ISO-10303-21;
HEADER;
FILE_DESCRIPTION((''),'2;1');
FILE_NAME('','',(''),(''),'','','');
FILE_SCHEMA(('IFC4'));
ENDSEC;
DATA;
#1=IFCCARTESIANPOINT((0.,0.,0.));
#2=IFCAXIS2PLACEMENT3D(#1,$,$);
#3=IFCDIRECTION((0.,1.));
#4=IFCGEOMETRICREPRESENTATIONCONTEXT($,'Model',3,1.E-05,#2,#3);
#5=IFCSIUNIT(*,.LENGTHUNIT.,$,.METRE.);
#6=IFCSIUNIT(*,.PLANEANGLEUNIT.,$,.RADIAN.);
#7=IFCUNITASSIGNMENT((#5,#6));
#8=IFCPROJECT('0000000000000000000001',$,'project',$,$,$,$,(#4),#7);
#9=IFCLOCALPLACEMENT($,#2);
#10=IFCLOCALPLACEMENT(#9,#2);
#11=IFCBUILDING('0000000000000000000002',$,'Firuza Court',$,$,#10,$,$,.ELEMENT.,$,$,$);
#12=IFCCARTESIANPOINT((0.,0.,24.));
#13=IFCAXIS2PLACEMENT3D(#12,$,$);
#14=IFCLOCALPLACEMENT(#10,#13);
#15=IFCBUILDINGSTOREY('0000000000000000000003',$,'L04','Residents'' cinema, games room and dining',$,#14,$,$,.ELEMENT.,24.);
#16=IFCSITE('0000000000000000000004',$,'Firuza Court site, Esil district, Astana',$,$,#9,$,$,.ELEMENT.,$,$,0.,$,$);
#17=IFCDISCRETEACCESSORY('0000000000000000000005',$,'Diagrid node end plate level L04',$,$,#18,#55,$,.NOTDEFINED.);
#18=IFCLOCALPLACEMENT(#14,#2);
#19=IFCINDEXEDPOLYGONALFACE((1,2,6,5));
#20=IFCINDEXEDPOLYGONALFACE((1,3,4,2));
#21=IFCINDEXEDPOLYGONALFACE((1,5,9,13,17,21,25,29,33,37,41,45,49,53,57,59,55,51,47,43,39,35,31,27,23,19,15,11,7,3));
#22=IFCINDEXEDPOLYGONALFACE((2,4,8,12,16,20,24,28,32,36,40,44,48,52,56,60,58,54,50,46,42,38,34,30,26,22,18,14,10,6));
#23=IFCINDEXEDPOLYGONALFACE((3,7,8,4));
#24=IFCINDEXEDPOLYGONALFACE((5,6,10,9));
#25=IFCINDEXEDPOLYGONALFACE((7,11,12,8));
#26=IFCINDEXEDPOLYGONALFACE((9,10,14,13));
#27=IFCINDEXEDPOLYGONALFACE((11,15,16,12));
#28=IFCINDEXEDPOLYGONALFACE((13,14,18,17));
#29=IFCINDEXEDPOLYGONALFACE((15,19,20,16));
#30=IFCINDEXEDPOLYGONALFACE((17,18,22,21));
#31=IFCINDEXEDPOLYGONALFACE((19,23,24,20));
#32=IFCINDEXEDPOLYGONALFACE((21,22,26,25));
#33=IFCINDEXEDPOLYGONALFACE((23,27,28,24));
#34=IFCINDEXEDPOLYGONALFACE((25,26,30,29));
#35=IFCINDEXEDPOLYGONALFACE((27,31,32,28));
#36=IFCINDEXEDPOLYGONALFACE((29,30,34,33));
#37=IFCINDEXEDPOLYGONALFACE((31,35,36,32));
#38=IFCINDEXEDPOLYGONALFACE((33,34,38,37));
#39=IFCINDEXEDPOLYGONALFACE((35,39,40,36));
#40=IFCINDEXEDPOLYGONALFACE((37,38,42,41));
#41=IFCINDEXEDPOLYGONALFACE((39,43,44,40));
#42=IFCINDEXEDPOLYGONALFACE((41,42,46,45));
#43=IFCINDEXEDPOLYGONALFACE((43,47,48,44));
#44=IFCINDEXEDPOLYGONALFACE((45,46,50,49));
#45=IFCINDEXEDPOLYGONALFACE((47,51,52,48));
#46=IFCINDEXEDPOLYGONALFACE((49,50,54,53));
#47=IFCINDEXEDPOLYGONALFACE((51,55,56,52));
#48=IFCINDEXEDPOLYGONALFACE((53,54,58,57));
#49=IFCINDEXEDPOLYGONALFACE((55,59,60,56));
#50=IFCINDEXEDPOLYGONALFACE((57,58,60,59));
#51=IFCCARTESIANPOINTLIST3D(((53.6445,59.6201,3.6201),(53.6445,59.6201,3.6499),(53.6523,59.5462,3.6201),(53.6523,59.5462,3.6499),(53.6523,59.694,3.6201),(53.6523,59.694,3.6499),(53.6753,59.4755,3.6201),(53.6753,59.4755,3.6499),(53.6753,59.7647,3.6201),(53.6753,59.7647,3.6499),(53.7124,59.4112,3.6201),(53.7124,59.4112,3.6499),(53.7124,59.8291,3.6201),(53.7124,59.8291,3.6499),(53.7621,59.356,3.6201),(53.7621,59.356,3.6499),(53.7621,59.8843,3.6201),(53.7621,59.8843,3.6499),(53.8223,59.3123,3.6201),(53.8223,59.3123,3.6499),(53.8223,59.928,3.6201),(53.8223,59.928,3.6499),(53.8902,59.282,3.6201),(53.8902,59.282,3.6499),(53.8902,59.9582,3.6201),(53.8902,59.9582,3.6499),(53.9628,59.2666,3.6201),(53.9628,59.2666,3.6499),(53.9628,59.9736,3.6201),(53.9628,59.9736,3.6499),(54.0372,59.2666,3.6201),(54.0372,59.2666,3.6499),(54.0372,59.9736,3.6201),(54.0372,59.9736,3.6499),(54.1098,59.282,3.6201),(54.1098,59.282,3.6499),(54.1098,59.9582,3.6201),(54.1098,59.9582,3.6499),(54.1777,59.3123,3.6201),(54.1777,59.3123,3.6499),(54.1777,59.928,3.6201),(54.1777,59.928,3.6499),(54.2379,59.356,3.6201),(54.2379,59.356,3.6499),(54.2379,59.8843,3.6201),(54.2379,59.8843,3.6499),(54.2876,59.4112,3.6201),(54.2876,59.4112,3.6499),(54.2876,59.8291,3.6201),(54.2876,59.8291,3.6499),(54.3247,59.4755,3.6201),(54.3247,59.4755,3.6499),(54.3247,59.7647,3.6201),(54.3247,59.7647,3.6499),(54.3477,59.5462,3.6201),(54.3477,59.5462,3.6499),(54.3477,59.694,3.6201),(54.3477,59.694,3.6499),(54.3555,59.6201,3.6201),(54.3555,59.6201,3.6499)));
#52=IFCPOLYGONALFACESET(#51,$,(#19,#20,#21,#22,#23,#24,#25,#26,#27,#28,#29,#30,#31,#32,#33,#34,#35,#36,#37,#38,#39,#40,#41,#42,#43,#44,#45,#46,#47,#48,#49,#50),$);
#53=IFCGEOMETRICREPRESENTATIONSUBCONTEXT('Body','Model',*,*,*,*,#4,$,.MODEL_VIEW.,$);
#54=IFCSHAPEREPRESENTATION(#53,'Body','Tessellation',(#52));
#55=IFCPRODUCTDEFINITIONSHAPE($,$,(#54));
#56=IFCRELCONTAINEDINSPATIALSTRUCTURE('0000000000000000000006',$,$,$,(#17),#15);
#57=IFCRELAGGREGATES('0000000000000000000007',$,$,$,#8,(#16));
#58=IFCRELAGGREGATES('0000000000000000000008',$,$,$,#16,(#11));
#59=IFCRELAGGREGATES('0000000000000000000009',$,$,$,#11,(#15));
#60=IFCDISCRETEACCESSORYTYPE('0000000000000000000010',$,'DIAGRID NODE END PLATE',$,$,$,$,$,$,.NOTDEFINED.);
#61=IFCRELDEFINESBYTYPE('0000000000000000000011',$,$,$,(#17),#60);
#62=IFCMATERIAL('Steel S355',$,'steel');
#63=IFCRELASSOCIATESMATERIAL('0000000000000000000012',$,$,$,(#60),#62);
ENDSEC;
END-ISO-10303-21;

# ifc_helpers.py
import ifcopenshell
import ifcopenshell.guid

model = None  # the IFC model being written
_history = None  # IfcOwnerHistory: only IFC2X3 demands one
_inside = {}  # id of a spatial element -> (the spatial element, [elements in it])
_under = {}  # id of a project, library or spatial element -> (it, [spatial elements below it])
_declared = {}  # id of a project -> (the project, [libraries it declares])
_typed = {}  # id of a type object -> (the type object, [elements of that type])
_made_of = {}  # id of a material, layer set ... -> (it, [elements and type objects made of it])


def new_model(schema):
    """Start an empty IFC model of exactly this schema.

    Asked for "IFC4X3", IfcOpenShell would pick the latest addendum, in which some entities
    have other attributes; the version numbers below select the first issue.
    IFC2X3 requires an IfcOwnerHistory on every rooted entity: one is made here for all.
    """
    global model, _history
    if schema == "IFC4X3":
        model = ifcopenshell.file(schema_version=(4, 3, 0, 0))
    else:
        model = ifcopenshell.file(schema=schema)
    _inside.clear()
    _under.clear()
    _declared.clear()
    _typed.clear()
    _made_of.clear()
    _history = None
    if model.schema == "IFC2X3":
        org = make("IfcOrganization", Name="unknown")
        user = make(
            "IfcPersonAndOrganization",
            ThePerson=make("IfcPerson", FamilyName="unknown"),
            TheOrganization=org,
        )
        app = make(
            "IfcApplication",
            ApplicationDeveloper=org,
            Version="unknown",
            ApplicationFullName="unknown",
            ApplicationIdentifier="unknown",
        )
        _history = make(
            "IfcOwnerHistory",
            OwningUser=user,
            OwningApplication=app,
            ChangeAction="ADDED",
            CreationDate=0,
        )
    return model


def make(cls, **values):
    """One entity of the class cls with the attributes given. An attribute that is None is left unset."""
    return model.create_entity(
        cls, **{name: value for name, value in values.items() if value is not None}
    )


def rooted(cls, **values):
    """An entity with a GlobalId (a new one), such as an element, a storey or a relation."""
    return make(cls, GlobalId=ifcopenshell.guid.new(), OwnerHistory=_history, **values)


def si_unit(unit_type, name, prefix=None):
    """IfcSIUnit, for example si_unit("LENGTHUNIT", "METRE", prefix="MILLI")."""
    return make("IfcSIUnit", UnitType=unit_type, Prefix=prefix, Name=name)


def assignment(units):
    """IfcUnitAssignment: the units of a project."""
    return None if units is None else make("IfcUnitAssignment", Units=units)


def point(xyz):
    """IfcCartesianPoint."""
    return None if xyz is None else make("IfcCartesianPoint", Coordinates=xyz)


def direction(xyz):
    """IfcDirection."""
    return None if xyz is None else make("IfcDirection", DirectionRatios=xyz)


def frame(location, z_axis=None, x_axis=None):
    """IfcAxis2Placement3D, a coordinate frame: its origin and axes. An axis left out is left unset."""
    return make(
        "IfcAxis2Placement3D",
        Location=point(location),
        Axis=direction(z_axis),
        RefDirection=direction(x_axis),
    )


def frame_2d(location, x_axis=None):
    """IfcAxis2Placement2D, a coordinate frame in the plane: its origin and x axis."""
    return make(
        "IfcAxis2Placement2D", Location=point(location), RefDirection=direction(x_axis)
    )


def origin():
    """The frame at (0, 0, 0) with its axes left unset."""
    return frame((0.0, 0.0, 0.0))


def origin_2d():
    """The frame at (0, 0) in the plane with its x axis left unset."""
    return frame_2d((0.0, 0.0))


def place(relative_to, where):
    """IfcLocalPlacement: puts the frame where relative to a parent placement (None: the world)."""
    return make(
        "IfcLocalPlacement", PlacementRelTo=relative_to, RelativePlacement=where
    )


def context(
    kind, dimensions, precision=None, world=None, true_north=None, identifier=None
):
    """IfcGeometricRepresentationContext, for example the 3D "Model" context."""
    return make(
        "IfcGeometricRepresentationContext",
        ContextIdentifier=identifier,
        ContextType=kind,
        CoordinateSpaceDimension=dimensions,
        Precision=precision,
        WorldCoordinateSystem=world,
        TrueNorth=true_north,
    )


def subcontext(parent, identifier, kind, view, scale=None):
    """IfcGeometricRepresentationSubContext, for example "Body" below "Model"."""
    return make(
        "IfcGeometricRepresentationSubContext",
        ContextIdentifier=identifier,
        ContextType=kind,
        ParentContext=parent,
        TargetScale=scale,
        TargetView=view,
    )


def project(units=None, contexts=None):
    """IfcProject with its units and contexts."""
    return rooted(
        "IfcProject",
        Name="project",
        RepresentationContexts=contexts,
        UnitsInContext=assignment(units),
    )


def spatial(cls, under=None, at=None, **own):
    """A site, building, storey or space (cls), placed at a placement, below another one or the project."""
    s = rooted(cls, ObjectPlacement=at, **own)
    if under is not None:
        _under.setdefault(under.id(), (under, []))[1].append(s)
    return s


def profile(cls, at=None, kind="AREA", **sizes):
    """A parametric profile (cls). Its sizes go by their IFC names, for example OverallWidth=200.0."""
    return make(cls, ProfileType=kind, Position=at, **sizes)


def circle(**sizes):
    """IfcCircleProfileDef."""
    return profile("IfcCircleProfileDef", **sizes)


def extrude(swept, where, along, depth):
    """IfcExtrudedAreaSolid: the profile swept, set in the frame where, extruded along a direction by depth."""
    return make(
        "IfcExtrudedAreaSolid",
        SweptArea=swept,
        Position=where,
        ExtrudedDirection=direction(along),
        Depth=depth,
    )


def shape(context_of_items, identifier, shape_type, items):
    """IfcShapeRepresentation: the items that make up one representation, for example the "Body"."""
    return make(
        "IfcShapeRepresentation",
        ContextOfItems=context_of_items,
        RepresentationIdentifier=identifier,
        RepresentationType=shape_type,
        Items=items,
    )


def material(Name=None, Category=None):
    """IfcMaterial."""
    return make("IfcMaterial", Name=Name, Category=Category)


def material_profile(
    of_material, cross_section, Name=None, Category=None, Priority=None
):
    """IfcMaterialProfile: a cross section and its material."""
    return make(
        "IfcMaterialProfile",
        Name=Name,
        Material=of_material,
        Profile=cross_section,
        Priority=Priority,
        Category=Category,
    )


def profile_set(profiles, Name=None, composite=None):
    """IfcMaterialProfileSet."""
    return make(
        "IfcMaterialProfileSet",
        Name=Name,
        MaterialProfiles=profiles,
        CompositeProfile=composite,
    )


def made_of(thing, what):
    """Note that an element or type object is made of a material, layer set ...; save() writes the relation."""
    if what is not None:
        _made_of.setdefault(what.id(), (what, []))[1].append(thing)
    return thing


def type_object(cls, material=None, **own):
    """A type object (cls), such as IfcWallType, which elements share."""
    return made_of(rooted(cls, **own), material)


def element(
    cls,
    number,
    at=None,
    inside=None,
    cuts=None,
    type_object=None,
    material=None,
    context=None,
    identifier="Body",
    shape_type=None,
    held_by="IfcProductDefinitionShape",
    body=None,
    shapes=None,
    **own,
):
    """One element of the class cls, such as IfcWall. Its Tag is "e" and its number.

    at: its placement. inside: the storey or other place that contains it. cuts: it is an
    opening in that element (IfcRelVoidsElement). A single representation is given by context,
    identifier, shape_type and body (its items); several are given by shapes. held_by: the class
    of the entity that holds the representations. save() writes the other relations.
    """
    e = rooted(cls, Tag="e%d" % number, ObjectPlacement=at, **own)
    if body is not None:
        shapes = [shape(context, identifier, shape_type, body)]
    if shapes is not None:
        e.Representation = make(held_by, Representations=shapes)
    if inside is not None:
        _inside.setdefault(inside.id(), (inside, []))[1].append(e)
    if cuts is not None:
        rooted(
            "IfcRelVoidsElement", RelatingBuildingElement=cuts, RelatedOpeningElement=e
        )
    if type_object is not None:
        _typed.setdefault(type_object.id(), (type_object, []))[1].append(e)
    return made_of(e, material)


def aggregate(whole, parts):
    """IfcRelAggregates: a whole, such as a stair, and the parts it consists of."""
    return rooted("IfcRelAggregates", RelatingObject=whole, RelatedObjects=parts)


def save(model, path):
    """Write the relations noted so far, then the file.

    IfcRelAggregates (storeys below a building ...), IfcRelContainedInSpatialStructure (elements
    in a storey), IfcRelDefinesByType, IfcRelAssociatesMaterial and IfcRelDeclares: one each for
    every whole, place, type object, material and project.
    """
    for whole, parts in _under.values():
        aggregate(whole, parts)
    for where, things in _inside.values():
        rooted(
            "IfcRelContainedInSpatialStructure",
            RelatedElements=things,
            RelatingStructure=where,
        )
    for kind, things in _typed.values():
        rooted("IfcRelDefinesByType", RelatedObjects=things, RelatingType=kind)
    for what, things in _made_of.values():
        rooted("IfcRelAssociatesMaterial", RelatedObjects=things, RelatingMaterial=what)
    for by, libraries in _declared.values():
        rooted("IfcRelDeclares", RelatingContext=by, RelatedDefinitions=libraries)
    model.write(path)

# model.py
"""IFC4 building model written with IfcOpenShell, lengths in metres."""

from ifc_helpers import new_model, si_unit, direction, frame, origin, origin_2d, place, context, subcontext, project, spatial, circle, extrude, material, material_profile, profile_set, type_object, element, save


model = new_model("IFC4")

# Units and contexts
model_context = context("Model", 3, precision=1e-05, world=origin(), true_north=direction((0.0, 1.0)))
body_context = subcontext(model_context, "Body", "Model", "MODEL_VIEW")
ifc_project = project(units=[si_unit("LENGTHUNIT", "METRE"), si_unit("PLANEANGLEUNIT", "RADIAN")], contexts=[model_context])

# Site, building, storey
site_placement = place(None, origin())
site = spatial("IfcSite", under=ifc_project, at=site_placement, Name="Firuza Court site, Esil district, Astana", CompositionType="ELEMENT", RefElevation=0.0)
building_placement = place(site_placement, origin())
building = spatial("IfcBuilding", under=site, at=building_placement, Name="Firuza Court", CompositionType="ELEMENT")
storey_placement = place(building_placement, frame((0.0, 0.0, 24.0)))
storey = spatial("IfcBuildingStorey", under=building, at=storey_placement, Name="L04", Description="Residents' cinema, games room and dining", CompositionType="ELEMENT", Elevation=24.0)

# Discrete accessory
ifc_material_1 = material(Name="Steel S355", Category="steel")
ifc_material_profile_1 = material_profile(ifc_material_1, circle(Radius=0.3555, at=origin_2d()), Name="PL D711")
ifc_profile_set_1 = profile_set([ifc_material_profile_1], Name="Steel S355")
discrete_accessory_type = type_object("IfcDiscreteAccessoryType", Name="DIAGRID NODE END PLATE", PredefinedType="NOTDEFINED", material=ifc_profile_set_1)
discrete_accessory_1_placement = place(storey_placement, frame((54.0, 59.6201, 3.6201), z_axis=(0.0, 0.0, 1.0), x_axis=(1.0, 0.0, 0.0)))
element("IfcDiscreteAccessory", 1, at=discrete_accessory_1_placement, inside=storey, type_object=discrete_accessory_type, Name="Diagrid node end plate level L04", PredefinedType="NOTDEFINED", context=body_context, shape_type="SweptSolid", body=[
    extrude(circle(Radius=0.3555, at=origin_2d()), origin(), (0.0, 0.0, 1.0), 0.0298),
])

save(model, "model.ifc")
